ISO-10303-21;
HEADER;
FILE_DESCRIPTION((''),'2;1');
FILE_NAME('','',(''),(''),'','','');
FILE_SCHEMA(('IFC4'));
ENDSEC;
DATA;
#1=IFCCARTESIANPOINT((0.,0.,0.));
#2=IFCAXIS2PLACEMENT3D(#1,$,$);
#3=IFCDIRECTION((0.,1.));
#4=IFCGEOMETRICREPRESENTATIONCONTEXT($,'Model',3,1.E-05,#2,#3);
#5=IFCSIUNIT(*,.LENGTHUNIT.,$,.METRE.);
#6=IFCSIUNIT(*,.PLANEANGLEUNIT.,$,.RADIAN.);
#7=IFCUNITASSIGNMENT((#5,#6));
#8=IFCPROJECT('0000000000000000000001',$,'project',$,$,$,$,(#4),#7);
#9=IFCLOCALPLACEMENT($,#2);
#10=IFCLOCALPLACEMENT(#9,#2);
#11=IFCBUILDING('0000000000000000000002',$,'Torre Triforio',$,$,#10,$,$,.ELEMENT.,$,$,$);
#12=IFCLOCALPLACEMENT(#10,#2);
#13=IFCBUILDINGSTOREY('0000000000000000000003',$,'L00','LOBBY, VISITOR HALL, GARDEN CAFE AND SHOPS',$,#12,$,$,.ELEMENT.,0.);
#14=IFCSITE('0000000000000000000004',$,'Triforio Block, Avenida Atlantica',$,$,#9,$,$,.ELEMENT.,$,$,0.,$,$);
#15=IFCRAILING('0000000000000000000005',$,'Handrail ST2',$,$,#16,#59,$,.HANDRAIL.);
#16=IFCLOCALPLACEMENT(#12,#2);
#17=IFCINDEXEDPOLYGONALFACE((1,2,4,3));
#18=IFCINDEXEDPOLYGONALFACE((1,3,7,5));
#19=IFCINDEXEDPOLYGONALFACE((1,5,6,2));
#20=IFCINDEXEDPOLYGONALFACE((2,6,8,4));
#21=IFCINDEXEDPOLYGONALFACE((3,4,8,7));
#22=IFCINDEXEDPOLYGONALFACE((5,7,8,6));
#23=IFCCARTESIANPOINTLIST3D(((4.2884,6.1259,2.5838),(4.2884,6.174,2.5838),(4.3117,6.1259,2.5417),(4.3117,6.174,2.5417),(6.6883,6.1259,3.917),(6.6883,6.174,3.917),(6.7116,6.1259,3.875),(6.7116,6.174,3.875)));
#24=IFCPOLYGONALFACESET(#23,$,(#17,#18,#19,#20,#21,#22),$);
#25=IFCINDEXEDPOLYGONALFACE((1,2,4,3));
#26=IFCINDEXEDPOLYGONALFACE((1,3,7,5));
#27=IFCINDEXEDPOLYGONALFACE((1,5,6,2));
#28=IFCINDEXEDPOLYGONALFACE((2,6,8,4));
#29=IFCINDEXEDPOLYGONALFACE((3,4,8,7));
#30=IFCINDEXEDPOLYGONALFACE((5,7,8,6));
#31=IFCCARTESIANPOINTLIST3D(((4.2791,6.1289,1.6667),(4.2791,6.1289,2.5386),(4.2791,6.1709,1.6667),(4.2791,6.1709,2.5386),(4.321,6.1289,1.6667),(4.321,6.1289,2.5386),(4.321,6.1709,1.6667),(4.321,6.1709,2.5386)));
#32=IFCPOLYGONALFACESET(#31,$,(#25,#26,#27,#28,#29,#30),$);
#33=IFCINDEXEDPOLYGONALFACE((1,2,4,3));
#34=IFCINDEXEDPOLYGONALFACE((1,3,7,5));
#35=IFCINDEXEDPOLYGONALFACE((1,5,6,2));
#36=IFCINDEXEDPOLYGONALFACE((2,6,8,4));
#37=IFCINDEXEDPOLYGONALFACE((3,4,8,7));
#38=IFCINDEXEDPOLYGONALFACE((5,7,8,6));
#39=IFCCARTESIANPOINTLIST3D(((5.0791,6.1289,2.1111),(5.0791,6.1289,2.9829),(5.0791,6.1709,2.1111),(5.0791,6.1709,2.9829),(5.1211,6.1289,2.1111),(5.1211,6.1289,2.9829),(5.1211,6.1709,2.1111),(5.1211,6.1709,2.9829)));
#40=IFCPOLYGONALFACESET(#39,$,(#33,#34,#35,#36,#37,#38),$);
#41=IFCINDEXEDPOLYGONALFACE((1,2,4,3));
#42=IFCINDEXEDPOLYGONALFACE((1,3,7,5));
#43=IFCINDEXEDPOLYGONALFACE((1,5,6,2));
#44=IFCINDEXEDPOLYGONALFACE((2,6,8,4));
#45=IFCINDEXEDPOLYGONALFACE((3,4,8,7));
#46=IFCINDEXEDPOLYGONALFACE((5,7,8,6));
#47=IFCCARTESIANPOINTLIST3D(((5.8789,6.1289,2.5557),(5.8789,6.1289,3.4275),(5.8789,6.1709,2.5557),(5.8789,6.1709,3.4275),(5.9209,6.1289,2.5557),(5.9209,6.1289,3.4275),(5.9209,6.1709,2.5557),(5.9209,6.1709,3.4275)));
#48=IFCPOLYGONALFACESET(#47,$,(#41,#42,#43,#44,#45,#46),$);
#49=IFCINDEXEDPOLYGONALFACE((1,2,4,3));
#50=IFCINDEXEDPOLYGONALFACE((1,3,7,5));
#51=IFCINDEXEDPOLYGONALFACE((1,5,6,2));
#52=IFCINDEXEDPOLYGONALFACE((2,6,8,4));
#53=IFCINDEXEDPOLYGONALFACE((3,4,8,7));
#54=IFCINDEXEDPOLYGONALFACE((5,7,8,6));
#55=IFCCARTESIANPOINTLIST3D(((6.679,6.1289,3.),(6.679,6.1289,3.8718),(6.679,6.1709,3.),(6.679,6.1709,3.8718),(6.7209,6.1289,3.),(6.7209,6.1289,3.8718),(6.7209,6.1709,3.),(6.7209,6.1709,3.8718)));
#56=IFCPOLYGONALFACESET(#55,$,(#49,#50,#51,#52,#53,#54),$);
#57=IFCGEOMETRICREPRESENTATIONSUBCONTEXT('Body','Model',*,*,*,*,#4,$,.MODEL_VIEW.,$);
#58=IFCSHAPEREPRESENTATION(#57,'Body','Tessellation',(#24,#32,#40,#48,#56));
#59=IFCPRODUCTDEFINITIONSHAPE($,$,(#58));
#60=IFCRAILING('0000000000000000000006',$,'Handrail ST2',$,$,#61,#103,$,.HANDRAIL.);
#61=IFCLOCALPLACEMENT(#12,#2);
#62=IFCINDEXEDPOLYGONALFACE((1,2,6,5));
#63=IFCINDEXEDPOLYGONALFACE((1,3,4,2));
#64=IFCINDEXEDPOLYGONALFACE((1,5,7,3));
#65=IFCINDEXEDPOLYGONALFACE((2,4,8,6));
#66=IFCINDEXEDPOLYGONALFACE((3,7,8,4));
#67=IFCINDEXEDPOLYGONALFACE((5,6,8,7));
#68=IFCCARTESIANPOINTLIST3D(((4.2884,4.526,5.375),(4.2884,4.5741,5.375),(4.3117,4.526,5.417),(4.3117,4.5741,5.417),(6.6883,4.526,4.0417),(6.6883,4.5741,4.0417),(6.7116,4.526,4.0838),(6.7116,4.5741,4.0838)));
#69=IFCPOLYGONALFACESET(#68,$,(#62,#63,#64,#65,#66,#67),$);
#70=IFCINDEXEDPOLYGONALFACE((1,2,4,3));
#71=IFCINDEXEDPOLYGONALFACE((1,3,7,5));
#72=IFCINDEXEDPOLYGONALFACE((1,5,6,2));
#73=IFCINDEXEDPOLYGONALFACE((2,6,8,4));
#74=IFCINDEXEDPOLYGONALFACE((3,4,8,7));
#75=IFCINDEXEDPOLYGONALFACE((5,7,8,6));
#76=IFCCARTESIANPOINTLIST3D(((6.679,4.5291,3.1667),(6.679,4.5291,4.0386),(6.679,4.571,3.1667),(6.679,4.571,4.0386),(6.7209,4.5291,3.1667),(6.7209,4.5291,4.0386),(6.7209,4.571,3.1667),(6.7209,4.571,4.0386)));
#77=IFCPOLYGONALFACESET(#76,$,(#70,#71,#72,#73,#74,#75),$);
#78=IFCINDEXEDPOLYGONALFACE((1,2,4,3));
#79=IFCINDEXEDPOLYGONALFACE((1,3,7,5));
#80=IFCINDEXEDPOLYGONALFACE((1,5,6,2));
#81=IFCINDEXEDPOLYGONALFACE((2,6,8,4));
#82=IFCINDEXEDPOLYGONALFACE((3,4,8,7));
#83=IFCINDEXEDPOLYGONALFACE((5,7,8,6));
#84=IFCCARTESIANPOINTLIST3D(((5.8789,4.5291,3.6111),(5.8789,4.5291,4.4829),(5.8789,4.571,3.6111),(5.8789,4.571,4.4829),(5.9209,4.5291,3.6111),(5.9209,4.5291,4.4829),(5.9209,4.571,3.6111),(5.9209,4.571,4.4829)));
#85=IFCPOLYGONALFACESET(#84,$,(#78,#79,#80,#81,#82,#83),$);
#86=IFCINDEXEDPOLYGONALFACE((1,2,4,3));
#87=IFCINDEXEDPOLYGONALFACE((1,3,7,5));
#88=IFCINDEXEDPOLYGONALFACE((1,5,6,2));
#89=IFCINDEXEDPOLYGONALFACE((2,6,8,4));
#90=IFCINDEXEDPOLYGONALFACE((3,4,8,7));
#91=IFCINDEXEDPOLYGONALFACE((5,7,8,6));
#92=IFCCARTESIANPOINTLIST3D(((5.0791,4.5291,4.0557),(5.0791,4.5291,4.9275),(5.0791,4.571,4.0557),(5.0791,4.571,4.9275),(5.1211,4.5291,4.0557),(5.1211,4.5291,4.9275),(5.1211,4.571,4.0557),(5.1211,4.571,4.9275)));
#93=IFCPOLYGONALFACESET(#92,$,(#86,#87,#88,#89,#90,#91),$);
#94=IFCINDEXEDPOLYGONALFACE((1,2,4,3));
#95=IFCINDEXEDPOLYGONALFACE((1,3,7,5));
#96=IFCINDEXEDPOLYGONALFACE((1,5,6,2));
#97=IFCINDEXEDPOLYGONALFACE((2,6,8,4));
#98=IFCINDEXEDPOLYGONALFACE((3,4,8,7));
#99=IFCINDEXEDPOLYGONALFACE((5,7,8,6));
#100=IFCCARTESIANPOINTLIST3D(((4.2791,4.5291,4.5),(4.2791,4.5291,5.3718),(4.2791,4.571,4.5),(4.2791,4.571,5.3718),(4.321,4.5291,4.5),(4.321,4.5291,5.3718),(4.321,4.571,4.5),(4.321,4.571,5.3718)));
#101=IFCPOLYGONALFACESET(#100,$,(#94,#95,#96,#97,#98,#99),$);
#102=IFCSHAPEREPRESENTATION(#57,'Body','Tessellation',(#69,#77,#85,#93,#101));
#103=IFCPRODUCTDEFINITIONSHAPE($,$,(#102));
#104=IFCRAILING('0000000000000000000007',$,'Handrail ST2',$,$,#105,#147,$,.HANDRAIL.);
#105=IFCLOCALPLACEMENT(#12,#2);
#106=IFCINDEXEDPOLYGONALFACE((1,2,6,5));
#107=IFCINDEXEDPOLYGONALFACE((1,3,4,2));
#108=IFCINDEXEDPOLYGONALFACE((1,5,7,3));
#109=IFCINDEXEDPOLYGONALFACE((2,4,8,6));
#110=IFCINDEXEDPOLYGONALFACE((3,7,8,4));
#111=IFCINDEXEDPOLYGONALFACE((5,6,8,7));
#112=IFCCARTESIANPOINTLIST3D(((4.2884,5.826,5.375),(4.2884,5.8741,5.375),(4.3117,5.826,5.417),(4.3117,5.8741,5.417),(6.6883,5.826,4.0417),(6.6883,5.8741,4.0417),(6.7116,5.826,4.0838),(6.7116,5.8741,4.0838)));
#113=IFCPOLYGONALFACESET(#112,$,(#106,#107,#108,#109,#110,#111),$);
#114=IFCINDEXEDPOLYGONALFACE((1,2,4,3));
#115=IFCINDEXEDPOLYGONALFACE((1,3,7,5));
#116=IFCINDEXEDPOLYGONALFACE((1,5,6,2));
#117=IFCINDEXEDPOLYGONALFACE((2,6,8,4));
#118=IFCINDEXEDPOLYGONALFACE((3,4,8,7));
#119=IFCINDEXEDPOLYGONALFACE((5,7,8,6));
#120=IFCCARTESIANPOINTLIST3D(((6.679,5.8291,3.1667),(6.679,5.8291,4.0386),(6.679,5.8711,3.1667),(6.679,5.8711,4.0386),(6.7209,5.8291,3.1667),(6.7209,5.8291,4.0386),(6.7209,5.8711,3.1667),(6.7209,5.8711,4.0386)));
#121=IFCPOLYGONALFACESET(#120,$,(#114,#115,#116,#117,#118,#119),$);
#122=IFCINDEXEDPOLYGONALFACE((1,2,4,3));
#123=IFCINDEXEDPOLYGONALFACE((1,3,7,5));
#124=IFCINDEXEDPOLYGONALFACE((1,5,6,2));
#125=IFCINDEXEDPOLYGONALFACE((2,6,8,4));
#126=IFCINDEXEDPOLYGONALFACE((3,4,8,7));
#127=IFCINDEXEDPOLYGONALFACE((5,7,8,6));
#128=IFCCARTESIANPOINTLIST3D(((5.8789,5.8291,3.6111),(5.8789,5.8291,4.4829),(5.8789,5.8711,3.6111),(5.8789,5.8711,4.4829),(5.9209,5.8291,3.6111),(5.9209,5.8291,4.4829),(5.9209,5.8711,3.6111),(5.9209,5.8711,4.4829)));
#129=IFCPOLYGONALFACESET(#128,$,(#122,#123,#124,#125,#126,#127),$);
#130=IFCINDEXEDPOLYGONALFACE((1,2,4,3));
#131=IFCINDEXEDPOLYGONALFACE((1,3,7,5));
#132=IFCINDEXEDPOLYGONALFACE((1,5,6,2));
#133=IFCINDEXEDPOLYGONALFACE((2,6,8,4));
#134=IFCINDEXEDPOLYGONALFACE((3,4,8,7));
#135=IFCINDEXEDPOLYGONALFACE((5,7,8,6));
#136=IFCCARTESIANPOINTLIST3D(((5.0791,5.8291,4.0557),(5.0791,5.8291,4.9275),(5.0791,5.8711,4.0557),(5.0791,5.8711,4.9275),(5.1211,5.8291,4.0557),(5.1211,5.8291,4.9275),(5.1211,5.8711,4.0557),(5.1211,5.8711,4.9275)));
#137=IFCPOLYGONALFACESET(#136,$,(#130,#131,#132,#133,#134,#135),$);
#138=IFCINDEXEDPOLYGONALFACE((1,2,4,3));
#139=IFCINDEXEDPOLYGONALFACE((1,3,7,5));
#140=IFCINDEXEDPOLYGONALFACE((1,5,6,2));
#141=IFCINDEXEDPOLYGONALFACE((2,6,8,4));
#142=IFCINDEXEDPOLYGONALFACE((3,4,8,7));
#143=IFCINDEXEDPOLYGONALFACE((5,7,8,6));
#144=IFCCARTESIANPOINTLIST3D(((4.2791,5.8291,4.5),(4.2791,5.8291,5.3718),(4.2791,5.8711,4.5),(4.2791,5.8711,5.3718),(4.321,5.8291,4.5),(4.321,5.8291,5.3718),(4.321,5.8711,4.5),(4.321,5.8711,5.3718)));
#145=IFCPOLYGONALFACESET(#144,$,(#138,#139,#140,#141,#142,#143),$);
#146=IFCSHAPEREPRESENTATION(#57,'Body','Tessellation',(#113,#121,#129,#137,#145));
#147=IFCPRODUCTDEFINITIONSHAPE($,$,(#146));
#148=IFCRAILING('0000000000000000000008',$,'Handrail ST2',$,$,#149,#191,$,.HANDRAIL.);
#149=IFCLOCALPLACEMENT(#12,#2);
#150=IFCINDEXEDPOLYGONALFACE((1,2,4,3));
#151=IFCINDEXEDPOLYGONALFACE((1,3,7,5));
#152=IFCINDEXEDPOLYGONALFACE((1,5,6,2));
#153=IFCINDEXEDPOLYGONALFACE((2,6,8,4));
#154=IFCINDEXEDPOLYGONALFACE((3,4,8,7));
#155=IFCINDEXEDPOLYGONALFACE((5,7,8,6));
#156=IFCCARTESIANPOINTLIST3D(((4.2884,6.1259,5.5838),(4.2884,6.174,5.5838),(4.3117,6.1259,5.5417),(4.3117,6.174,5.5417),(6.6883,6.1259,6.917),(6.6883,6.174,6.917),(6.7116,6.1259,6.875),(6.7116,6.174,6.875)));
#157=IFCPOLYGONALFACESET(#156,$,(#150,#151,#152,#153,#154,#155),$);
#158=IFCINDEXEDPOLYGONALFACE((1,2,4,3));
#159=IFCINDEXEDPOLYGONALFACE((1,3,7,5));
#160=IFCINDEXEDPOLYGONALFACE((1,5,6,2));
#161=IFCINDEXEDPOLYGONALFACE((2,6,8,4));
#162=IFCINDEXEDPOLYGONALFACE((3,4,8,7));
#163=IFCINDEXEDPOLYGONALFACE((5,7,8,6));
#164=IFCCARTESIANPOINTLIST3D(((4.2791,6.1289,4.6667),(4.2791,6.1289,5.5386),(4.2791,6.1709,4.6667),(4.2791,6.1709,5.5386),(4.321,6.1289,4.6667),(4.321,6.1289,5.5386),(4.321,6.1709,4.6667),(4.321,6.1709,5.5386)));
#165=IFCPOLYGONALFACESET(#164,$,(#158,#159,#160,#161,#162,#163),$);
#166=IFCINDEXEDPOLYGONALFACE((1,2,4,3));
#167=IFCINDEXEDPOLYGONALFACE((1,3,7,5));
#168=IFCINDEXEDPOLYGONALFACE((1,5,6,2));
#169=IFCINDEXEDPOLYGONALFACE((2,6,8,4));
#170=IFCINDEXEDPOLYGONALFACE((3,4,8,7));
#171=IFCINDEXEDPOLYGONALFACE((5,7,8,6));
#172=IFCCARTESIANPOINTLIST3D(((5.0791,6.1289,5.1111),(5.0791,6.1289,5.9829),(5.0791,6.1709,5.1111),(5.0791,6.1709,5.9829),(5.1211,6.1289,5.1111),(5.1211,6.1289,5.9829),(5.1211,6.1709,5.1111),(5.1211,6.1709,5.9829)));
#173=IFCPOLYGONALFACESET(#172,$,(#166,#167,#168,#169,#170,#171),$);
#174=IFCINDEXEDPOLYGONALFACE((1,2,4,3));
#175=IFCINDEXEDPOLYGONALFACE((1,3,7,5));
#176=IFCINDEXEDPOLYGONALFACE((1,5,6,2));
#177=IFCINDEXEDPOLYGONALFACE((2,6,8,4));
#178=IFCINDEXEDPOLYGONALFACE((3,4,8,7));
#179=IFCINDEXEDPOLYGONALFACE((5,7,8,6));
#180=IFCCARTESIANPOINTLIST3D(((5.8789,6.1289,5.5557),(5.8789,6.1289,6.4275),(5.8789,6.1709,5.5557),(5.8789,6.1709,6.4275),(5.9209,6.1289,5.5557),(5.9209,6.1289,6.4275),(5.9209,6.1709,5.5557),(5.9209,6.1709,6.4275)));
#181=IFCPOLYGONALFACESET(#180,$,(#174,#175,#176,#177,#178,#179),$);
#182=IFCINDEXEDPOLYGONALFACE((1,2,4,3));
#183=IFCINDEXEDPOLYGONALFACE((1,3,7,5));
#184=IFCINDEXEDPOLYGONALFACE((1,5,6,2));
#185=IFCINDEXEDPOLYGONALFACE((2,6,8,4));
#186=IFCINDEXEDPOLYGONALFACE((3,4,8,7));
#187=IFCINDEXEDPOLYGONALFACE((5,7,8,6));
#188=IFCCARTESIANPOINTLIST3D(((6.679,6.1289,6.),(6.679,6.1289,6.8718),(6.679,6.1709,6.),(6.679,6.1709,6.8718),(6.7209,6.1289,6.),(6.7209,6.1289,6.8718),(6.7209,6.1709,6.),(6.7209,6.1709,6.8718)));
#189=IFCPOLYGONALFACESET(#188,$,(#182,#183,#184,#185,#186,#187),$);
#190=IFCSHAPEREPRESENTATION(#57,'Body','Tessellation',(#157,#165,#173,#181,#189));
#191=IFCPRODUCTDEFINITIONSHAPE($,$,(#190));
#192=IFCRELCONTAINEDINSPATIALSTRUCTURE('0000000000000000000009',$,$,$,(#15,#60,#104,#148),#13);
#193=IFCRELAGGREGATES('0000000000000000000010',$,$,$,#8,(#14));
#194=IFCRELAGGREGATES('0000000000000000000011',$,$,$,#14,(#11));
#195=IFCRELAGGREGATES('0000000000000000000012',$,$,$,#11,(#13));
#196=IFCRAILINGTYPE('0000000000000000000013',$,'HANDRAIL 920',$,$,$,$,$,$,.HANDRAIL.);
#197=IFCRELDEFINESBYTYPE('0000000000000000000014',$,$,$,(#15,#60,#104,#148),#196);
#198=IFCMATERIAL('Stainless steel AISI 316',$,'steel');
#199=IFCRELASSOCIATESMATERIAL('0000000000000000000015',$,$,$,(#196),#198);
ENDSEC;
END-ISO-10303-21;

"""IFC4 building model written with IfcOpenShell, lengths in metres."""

from ifc_helpers import new_model, si_unit, direction, frame, origin, origin_2d, place, context, subcontext, project, spatial, rectangle, extrude, material, type_object, element, save


model = new_model("IFC4")

# Units and contexts
model_context = context("Model", 3, precision=1e-05, world=origin(), true_north=direction((0.0, 1.0)))
body_context = subcontext(model_context, "Body", "Model", "MODEL_VIEW")
ifc_project = project(units=[si_unit("LENGTHUNIT", "METRE"), si_unit("PLANEANGLEUNIT", "RADIAN")], contexts=[model_context])

# Site, building, storey
site_placement = place(None, origin())
site = spatial("IfcSite", under=ifc_project, at=site_placement, Name="Triforio Block, Avenida Atlantica", CompositionType="ELEMENT", RefElevation=0.0)
building_placement = place(site_placement, origin())
building = spatial("IfcBuilding", under=site, at=building_placement, Name="Torre Triforio", CompositionType="ELEMENT")
storey_placement = place(building_placement, origin())
storey = spatial("IfcBuildingStorey", under=building, at=storey_placement, Name="L00", Description="LOBBY, VISITOR HALL, GARDEN CAFE AND SHOPS", CompositionType="ELEMENT", Elevation=0.0)

# Railings
ifc_material_1 = material(Name="Stainless steel AISI 316", Category="steel")
railing_type = type_object("IfcRailingType", Name="HANDRAIL 920", PredefinedType="HANDRAIL", material=ifc_material_1)
for number, where, name in (
    (1, (4.3, 6.1499, 1.6667), "Handrail ST2"),
):
    element("IfcRailing", number, at=place(storey_placement, frame(where)), inside=storey, type_object=railing_type, Name=name, PredefinedType="HANDRAIL", context=body_context, shape_type="SweptSolid", body=[
        extrude(rectangle(XDim=0.0481, YDim=0.0481, at=origin_2d()), frame((0.0, 0.0, 0.896), z_axis=(0.874161, 0.0, 0.485635), x_axis=(0.0, 1.0, 0.0)), (0.0, 0.0, 1.0), 2.7454),
        extrude(rectangle(XDim=0.042, YDim=0.042, at=origin_2d()), origin(), (0.0, 0.0, 1.0), 0.8718),
        extrude(rectangle(XDim=0.042, YDim=0.042, at=origin_2d()), frame((0.8, 0.0, 0.4443)), (0.0, 0.0, 1.0), 0.8718),
        extrude(rectangle(XDim=0.042, YDim=0.042, at=origin_2d()), frame((1.5999, 0.0, 0.8889)), (0.0, 0.0, 1.0), 0.8718),
        extrude(rectangle(XDim=0.042, YDim=0.042, at=origin_2d()), frame((2.3999, 0.0, 1.3333)), (0.0, 0.0, 1.0), 0.8718),
    ])
for number, where, name in (
    (2, (6.7, 4.55, 3.1667), "Handrail ST2"),
    (3, (6.7, 5.8501, 3.1667), "Handrail ST2"),
):
    element("IfcRailing", number, at=place(storey_placement, frame(where)), inside=storey, type_object=railing_type, Name=name, PredefinedType="HANDRAIL", context=body_context, shape_type="SweptSolid", body=[
        extrude(rectangle(XDim=0.0481, YDim=0.0481, at=origin_2d()), frame((0.0, 0.0, 0.896), z_axis=(-0.874161, 0.0, 0.485635), x_axis=(0.0, -1.0, 0.0)), (0.0, 0.0, 1.0), 2.7454),
        extrude(rectangle(XDim=0.042, YDim=0.042, at=origin_2d()), origin(), (0.0, 0.0, 1.0), 0.8718),
        extrude(rectangle(XDim=0.042, YDim=0.042, at=origin_2d()), frame((-0.8, 0.0, 0.4443)), (0.0, 0.0, 1.0), 0.8718),
        extrude(rectangle(XDim=0.042, YDim=0.042, at=origin_2d()), frame((-1.5999, 0.0, 0.8889)), (0.0, 0.0, 1.0), 0.8718),
        extrude(rectangle(XDim=0.042, YDim=0.042, at=origin_2d()), frame((-2.3999, 0.0, 1.3333)), (0.0, 0.0, 1.0), 0.8718),
    ])
railing_placement = place(storey_placement, frame((4.3, 6.1499, 4.6667)))
element("IfcRailing", 4, at=railing_placement, inside=storey, type_object=railing_type, Name="Handrail ST2", PredefinedType="HANDRAIL", context=body_context, shape_type="SweptSolid", body=[
    extrude(rectangle(XDim=0.0481, YDim=0.0481, at=origin_2d()), frame((0.0, 0.0, 0.896), z_axis=(0.874161, 0.0, 0.485635), x_axis=(0.0, 1.0, 0.0)), (0.0, 0.0, 1.0), 2.7454),
    extrude(rectangle(XDim=0.042, YDim=0.042, at=origin_2d()), origin(), (0.0, 0.0, 1.0), 0.8718),
    extrude(rectangle(XDim=0.042, YDim=0.042, at=origin_2d()), frame((0.8, 0.0, 0.4443)), (0.0, 0.0, 1.0), 0.8718),
    extrude(rectangle(XDim=0.042, YDim=0.042, at=origin_2d()), frame((1.5999, 0.0, 0.8889)), (0.0, 0.0, 1.0), 0.8718),
    extrude(rectangle(XDim=0.042, YDim=0.042, at=origin_2d()), frame((2.3999, 0.0, 1.3333)), (0.0, 0.0, 1.0), 0.8718),
])

save(model, "model.ifc")
